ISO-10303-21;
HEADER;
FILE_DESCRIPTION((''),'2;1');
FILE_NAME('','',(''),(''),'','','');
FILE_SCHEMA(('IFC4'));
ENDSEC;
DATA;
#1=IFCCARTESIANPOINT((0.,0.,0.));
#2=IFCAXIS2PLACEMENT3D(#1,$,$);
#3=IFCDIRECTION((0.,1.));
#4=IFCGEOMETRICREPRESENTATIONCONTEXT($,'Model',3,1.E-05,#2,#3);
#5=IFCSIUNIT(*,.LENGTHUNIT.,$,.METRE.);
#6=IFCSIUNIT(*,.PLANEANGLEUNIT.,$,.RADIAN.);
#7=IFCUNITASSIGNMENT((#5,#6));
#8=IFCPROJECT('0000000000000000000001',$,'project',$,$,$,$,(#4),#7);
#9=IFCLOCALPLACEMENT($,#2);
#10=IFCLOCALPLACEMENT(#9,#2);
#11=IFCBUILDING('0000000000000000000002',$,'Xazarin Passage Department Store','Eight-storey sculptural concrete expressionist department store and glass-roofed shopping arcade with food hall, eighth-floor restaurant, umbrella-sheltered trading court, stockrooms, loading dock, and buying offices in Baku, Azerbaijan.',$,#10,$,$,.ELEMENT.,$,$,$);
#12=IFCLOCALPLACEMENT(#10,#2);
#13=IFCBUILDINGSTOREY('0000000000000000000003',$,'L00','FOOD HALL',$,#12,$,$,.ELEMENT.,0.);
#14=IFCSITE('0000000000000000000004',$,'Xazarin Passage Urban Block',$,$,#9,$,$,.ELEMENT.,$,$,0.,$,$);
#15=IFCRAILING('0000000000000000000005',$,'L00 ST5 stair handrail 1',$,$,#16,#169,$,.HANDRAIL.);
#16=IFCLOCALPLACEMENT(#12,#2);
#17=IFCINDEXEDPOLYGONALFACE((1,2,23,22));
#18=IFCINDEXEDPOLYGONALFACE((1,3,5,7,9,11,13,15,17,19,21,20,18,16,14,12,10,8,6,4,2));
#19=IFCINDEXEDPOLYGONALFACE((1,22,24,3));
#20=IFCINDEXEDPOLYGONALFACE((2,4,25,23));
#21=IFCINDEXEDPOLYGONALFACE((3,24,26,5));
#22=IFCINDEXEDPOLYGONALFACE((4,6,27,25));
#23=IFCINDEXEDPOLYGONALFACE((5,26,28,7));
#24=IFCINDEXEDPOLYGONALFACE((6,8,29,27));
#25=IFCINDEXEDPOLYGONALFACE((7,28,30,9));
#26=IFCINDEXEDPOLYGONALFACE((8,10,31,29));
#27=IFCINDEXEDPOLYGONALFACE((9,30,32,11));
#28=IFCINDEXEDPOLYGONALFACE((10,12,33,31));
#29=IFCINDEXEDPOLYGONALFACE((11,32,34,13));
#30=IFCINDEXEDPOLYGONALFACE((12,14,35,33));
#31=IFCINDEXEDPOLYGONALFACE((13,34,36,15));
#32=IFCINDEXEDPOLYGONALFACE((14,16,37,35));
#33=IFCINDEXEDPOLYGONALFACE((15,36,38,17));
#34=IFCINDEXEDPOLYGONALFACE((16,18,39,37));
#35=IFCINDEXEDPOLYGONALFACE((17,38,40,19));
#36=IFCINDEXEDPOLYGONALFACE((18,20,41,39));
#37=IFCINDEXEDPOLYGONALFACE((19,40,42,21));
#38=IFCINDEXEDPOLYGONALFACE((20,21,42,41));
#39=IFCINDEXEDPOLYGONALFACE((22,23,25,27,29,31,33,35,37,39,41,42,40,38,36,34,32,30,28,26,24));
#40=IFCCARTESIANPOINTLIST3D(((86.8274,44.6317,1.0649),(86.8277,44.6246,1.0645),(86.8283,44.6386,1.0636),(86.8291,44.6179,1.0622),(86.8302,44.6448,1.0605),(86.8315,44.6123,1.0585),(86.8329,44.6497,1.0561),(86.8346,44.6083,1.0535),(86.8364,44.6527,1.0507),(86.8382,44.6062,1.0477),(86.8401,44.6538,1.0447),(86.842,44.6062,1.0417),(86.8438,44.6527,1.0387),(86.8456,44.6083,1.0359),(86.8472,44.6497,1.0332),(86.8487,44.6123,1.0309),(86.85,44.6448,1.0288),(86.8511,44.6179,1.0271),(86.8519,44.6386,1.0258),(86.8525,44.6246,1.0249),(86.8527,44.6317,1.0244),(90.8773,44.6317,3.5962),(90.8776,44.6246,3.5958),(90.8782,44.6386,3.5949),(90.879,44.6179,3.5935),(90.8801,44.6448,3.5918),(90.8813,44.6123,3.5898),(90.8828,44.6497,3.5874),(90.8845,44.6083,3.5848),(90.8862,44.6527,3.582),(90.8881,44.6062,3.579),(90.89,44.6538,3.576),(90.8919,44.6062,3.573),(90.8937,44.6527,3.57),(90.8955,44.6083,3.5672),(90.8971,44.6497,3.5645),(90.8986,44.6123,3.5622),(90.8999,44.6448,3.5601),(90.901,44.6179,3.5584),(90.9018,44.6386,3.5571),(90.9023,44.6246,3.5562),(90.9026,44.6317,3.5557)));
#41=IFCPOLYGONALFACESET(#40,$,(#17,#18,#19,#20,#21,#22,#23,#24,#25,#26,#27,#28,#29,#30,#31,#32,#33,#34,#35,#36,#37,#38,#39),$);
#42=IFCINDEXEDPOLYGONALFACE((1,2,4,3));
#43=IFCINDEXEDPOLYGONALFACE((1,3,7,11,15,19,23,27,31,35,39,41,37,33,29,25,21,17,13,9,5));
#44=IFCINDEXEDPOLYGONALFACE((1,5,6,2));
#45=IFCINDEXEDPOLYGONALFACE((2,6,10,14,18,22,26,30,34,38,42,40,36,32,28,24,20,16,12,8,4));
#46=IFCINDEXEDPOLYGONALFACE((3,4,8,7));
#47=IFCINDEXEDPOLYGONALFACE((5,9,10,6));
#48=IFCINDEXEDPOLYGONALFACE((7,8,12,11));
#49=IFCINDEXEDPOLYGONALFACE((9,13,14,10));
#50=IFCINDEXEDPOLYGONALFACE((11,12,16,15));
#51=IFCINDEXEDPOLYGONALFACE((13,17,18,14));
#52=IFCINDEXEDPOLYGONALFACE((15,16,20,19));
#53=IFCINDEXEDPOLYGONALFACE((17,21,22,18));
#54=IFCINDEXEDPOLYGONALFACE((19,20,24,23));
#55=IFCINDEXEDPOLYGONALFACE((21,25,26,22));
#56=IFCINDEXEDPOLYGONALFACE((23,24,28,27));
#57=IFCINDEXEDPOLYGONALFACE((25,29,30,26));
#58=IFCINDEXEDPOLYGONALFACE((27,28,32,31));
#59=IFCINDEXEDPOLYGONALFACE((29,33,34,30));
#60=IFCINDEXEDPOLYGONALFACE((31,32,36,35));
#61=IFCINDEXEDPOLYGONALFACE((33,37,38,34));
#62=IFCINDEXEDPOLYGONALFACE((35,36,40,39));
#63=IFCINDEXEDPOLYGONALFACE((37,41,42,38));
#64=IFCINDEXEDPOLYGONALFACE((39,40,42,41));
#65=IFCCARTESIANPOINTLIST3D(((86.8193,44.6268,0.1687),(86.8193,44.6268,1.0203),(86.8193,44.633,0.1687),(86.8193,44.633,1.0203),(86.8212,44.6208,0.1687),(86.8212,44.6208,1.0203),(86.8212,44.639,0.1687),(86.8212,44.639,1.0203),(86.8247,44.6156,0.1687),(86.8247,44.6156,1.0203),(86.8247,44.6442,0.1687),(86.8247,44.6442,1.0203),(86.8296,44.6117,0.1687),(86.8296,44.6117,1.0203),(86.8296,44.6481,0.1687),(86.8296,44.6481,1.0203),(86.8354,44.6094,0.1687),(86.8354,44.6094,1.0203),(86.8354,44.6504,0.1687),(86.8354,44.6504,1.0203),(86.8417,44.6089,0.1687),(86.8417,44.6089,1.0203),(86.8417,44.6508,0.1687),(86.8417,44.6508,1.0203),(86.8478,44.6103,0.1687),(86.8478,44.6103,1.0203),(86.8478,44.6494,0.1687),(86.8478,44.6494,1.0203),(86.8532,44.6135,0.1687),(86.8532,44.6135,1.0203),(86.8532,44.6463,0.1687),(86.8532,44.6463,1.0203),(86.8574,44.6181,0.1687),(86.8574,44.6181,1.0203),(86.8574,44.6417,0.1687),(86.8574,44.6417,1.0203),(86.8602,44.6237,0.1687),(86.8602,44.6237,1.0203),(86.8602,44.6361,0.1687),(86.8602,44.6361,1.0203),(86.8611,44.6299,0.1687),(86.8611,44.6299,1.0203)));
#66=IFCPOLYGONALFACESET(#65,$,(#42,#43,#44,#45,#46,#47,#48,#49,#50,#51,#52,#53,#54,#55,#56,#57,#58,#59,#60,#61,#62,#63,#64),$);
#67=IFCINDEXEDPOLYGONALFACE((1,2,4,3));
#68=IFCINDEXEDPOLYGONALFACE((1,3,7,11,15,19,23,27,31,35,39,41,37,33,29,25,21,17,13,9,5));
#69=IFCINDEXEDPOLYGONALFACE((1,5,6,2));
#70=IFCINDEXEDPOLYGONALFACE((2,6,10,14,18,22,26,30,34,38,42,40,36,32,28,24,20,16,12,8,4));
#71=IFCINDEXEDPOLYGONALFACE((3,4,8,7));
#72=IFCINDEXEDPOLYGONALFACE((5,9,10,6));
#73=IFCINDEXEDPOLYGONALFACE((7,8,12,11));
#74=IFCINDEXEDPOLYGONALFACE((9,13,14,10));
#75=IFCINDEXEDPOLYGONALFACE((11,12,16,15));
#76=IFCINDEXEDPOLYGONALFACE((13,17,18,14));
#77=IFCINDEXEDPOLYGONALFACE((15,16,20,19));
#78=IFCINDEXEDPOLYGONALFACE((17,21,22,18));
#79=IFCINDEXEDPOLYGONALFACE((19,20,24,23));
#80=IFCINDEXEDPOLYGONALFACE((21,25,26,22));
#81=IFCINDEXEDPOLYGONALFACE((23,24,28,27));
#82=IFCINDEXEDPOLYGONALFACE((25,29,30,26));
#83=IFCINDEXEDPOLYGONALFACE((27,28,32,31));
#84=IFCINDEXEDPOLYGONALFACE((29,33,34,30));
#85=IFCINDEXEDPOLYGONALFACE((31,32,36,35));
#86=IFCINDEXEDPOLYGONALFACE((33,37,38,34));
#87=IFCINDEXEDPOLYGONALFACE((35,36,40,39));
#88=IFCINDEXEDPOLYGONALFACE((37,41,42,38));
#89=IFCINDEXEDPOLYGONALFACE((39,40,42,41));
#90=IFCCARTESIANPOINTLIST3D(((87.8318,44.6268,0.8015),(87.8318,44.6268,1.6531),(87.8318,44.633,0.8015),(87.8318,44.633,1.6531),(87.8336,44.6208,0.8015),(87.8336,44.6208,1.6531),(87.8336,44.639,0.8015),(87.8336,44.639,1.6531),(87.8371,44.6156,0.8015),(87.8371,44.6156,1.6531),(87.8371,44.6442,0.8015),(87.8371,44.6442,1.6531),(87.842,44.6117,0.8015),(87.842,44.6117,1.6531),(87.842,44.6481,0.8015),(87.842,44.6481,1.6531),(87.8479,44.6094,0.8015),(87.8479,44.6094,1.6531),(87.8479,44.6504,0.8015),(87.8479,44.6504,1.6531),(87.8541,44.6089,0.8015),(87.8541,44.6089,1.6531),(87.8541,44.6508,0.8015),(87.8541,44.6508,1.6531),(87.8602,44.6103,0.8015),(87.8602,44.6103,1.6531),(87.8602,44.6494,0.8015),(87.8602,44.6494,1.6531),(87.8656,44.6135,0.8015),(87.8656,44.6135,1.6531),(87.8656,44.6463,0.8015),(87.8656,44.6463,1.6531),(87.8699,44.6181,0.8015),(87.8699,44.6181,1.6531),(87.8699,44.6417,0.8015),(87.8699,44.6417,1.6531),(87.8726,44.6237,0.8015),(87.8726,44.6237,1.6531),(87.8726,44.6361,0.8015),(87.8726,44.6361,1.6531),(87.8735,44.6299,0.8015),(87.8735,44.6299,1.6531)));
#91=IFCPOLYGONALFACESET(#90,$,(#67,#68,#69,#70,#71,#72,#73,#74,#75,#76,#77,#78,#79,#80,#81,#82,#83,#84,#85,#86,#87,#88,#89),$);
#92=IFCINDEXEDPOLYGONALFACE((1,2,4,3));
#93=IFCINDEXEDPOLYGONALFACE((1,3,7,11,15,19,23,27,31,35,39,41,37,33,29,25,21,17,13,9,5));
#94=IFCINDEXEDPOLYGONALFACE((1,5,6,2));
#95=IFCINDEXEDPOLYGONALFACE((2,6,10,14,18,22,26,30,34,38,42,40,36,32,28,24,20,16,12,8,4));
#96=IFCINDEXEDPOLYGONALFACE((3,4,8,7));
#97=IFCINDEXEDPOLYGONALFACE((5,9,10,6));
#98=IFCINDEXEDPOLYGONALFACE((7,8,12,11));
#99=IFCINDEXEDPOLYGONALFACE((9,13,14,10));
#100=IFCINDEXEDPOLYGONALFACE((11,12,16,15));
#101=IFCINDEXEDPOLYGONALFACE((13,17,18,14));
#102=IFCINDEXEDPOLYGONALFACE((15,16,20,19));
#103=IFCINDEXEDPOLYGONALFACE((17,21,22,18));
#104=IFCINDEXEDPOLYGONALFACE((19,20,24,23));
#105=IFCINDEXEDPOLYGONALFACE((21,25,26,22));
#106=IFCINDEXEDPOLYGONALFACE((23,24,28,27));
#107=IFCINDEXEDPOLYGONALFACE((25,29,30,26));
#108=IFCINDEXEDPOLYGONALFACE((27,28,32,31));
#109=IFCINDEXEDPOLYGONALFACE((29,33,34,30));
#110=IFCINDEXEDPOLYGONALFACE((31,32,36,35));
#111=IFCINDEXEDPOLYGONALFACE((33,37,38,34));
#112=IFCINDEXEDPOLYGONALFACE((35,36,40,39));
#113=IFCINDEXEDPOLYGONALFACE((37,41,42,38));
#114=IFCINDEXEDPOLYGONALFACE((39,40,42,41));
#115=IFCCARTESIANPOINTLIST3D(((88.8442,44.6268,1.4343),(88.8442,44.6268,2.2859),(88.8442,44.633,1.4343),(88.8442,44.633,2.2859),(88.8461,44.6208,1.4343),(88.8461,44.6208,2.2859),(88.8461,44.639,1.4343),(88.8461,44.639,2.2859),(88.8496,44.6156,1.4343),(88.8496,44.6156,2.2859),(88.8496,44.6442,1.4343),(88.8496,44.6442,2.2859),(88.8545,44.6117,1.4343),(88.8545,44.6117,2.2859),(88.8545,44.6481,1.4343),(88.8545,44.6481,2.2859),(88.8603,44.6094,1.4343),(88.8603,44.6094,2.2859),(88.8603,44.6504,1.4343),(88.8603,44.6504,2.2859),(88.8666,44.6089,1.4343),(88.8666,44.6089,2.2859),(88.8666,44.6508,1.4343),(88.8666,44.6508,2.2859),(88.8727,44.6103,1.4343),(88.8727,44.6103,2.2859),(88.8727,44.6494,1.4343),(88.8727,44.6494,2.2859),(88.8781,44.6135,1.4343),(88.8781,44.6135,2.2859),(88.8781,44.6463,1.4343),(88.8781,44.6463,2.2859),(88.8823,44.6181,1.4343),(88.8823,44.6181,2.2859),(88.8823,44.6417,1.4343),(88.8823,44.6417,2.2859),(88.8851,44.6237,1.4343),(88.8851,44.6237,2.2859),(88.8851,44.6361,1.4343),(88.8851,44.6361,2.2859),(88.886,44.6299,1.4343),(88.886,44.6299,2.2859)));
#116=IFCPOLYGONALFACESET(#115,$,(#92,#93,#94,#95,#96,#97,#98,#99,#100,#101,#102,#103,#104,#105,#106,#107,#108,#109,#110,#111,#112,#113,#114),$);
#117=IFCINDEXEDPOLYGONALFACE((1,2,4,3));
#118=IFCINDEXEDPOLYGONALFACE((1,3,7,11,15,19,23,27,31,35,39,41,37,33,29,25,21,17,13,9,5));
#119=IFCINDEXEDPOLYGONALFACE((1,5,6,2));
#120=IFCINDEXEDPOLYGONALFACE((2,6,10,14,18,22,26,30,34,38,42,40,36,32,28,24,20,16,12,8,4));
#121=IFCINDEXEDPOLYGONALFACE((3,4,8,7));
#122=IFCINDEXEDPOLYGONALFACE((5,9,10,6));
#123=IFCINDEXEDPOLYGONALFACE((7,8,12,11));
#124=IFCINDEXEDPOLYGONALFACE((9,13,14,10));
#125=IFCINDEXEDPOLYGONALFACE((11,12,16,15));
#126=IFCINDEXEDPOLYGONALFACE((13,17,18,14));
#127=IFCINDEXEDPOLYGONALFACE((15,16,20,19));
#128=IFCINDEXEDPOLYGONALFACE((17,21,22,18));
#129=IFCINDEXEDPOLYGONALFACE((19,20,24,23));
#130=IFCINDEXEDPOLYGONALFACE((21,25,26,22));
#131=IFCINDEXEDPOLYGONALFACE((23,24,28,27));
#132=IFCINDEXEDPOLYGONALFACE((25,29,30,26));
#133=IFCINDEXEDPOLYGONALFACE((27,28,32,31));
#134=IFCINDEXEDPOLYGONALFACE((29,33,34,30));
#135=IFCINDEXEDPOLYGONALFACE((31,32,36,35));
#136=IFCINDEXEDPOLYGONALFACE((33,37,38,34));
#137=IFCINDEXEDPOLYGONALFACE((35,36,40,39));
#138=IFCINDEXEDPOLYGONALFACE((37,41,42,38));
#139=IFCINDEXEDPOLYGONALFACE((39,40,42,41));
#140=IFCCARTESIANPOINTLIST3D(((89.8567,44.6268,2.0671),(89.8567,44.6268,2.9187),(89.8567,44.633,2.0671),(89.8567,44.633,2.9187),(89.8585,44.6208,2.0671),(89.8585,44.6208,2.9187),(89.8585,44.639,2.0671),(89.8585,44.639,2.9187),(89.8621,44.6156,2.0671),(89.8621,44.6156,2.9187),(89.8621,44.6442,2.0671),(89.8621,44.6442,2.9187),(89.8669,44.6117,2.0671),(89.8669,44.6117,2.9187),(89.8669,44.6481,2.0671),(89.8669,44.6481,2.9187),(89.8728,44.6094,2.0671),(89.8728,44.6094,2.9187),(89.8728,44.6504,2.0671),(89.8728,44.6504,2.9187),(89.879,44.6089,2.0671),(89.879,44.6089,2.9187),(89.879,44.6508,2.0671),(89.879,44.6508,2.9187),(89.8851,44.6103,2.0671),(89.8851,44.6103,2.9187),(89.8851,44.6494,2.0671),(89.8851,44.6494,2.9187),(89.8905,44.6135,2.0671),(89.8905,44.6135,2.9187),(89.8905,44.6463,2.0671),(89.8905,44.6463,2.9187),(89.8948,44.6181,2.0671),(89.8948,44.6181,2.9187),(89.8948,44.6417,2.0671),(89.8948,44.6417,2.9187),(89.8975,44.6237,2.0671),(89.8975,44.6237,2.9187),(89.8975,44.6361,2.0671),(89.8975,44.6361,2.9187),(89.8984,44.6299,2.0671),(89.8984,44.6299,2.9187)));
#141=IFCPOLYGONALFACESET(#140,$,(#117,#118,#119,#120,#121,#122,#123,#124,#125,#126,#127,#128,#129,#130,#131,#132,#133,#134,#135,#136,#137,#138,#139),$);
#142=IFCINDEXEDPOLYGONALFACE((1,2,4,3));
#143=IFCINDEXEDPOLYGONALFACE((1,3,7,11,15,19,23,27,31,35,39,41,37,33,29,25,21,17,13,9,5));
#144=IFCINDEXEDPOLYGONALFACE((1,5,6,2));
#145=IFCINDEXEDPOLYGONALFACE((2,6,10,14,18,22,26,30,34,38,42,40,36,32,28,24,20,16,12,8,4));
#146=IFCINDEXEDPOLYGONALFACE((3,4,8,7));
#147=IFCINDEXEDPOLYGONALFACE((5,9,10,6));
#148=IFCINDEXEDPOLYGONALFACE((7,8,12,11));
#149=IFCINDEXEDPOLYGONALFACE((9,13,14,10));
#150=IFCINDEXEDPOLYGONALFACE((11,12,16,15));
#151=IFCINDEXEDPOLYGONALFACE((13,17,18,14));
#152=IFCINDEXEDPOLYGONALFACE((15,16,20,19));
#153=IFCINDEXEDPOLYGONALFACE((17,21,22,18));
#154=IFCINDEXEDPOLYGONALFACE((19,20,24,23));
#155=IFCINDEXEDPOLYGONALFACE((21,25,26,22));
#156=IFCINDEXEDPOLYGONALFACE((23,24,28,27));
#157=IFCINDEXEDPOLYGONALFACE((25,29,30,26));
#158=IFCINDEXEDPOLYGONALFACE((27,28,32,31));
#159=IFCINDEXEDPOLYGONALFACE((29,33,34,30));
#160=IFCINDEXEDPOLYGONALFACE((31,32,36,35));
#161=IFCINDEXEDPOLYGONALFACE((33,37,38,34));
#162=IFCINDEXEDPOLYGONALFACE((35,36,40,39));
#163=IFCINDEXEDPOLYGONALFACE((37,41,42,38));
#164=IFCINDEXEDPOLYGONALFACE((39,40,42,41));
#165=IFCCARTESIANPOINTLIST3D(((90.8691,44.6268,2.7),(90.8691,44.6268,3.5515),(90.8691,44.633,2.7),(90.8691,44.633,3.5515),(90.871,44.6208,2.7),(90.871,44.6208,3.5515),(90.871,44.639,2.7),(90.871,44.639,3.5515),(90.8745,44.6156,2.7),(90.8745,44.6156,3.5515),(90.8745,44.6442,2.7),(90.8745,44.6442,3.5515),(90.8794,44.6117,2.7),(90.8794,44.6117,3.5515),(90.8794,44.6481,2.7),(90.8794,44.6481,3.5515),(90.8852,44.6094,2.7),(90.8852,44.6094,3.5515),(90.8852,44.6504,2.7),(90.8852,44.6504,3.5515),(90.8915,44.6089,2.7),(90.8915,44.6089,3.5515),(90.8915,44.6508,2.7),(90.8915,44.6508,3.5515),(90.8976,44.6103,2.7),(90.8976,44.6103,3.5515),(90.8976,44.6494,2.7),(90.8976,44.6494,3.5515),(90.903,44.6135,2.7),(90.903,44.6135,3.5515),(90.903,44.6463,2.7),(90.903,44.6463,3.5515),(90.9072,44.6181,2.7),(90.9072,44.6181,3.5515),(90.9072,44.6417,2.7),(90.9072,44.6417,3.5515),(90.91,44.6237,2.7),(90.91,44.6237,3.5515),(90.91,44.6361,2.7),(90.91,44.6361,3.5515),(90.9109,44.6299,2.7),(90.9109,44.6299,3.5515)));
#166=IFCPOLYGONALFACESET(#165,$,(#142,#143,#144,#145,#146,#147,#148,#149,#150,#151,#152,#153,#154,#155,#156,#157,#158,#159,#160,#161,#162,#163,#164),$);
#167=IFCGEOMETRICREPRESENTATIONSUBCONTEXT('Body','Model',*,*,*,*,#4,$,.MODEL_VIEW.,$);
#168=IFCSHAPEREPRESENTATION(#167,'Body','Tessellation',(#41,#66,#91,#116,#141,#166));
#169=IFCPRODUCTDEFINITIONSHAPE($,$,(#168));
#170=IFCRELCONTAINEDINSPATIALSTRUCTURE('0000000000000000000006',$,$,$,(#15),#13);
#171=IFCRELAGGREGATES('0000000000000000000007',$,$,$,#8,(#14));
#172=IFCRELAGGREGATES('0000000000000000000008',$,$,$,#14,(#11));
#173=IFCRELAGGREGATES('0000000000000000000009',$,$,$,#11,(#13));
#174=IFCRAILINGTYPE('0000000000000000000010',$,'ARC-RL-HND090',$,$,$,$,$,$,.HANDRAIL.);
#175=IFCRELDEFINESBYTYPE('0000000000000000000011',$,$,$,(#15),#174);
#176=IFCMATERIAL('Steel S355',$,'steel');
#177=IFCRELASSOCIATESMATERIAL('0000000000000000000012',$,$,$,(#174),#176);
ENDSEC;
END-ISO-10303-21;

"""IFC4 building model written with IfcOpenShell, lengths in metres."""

from ifc_helpers import new_model, si_unit, direction, frame, origin, origin_2d, place, context, subcontext, project, spatial, circle, extrude, material, type_object, element, save


model = new_model("IFC4")

# Units and contexts
model_context = context("Model", 3, precision=1e-05, world=origin(), true_north=direction((0.0, 1.0)))
body_context = subcontext(model_context, "Body", "Model", "MODEL_VIEW")
ifc_project = project(units=[si_unit("LENGTHUNIT", "METRE"), si_unit("PLANEANGLEUNIT", "RADIAN")], contexts=[model_context])

# Site, building, storey
site_placement = place(None, origin())
site = spatial("IfcSite", under=ifc_project, at=site_placement, Name="Xazarin Passage Urban Block", CompositionType="ELEMENT", RefElevation=0.0)
building_placement = place(site_placement, origin())
building = spatial("IfcBuilding", under=site, at=building_placement, Name="Xazarin Passage Department Store", Description="Eight-storey sculptural concrete expressionist department store and glass-roofed shopping arcade with food hall, eighth-floor restaurant, umbrella-sheltered trading court, stockrooms, loading dock, and buying offices in Baku, Azerbaijan.", CompositionType="ELEMENT")
storey_placement = place(building_placement, origin())
storey = spatial("IfcBuildingStorey", under=building, at=storey_placement, Name="L00", Description="FOOD HALL", CompositionType="ELEMENT", Elevation=0.0)

# Shared definitions
ifc_material_1 = material(Name="Steel S355", Category="steel")

# Railing
railing_type_1 = type_object("IfcRailingType", Name="ARC-RL-HND090", PredefinedType="HANDRAIL", material=ifc_material_1)
railing_1_placement = place(storey_placement, frame((86.8401, 44.6299, 0.1687)))
element("IfcRailing", 1, at=railing_1_placement, inside=storey, type_object=railing_type_1, Name="L00 ST5 stair handrail 1", PredefinedType="HANDRAIL", context=body_context, shape_type="SweptSolid", body=[
    extrude(circle(Radius=0.0239, at=origin_2d()), frame((0.0, 0.0, 0.876), z_axis=(0.847987, 0.0, 0.530017), x_axis=(0.0, 1.0, 0.0)), (0.0, 0.0, 1.0), 4.7759),
    extrude(circle(Radius=0.021, at=origin_2d()), origin(), (0.0, 0.0, 1.0), 0.8516),
    extrude(circle(Radius=0.021, at=origin_2d()), frame((1.0125, 0.0, 0.6328)), (0.0, 0.0, 1.0), 0.8516),
    extrude(circle(Radius=0.021, at=origin_2d()), frame((2.0249, 0.0, 1.2656)), (0.0, 0.0, 1.0), 0.8516),
    extrude(circle(Radius=0.021, at=origin_2d()), frame((3.0374, 0.0, 1.8984)), (0.0, 0.0, 1.0), 0.8516),
    extrude(circle(Radius=0.021, at=origin_2d()), frame((4.0498, 0.0, 2.5312)), (0.0, 0.0, 1.0), 0.8516),
])

save(model, "model.ifc")
